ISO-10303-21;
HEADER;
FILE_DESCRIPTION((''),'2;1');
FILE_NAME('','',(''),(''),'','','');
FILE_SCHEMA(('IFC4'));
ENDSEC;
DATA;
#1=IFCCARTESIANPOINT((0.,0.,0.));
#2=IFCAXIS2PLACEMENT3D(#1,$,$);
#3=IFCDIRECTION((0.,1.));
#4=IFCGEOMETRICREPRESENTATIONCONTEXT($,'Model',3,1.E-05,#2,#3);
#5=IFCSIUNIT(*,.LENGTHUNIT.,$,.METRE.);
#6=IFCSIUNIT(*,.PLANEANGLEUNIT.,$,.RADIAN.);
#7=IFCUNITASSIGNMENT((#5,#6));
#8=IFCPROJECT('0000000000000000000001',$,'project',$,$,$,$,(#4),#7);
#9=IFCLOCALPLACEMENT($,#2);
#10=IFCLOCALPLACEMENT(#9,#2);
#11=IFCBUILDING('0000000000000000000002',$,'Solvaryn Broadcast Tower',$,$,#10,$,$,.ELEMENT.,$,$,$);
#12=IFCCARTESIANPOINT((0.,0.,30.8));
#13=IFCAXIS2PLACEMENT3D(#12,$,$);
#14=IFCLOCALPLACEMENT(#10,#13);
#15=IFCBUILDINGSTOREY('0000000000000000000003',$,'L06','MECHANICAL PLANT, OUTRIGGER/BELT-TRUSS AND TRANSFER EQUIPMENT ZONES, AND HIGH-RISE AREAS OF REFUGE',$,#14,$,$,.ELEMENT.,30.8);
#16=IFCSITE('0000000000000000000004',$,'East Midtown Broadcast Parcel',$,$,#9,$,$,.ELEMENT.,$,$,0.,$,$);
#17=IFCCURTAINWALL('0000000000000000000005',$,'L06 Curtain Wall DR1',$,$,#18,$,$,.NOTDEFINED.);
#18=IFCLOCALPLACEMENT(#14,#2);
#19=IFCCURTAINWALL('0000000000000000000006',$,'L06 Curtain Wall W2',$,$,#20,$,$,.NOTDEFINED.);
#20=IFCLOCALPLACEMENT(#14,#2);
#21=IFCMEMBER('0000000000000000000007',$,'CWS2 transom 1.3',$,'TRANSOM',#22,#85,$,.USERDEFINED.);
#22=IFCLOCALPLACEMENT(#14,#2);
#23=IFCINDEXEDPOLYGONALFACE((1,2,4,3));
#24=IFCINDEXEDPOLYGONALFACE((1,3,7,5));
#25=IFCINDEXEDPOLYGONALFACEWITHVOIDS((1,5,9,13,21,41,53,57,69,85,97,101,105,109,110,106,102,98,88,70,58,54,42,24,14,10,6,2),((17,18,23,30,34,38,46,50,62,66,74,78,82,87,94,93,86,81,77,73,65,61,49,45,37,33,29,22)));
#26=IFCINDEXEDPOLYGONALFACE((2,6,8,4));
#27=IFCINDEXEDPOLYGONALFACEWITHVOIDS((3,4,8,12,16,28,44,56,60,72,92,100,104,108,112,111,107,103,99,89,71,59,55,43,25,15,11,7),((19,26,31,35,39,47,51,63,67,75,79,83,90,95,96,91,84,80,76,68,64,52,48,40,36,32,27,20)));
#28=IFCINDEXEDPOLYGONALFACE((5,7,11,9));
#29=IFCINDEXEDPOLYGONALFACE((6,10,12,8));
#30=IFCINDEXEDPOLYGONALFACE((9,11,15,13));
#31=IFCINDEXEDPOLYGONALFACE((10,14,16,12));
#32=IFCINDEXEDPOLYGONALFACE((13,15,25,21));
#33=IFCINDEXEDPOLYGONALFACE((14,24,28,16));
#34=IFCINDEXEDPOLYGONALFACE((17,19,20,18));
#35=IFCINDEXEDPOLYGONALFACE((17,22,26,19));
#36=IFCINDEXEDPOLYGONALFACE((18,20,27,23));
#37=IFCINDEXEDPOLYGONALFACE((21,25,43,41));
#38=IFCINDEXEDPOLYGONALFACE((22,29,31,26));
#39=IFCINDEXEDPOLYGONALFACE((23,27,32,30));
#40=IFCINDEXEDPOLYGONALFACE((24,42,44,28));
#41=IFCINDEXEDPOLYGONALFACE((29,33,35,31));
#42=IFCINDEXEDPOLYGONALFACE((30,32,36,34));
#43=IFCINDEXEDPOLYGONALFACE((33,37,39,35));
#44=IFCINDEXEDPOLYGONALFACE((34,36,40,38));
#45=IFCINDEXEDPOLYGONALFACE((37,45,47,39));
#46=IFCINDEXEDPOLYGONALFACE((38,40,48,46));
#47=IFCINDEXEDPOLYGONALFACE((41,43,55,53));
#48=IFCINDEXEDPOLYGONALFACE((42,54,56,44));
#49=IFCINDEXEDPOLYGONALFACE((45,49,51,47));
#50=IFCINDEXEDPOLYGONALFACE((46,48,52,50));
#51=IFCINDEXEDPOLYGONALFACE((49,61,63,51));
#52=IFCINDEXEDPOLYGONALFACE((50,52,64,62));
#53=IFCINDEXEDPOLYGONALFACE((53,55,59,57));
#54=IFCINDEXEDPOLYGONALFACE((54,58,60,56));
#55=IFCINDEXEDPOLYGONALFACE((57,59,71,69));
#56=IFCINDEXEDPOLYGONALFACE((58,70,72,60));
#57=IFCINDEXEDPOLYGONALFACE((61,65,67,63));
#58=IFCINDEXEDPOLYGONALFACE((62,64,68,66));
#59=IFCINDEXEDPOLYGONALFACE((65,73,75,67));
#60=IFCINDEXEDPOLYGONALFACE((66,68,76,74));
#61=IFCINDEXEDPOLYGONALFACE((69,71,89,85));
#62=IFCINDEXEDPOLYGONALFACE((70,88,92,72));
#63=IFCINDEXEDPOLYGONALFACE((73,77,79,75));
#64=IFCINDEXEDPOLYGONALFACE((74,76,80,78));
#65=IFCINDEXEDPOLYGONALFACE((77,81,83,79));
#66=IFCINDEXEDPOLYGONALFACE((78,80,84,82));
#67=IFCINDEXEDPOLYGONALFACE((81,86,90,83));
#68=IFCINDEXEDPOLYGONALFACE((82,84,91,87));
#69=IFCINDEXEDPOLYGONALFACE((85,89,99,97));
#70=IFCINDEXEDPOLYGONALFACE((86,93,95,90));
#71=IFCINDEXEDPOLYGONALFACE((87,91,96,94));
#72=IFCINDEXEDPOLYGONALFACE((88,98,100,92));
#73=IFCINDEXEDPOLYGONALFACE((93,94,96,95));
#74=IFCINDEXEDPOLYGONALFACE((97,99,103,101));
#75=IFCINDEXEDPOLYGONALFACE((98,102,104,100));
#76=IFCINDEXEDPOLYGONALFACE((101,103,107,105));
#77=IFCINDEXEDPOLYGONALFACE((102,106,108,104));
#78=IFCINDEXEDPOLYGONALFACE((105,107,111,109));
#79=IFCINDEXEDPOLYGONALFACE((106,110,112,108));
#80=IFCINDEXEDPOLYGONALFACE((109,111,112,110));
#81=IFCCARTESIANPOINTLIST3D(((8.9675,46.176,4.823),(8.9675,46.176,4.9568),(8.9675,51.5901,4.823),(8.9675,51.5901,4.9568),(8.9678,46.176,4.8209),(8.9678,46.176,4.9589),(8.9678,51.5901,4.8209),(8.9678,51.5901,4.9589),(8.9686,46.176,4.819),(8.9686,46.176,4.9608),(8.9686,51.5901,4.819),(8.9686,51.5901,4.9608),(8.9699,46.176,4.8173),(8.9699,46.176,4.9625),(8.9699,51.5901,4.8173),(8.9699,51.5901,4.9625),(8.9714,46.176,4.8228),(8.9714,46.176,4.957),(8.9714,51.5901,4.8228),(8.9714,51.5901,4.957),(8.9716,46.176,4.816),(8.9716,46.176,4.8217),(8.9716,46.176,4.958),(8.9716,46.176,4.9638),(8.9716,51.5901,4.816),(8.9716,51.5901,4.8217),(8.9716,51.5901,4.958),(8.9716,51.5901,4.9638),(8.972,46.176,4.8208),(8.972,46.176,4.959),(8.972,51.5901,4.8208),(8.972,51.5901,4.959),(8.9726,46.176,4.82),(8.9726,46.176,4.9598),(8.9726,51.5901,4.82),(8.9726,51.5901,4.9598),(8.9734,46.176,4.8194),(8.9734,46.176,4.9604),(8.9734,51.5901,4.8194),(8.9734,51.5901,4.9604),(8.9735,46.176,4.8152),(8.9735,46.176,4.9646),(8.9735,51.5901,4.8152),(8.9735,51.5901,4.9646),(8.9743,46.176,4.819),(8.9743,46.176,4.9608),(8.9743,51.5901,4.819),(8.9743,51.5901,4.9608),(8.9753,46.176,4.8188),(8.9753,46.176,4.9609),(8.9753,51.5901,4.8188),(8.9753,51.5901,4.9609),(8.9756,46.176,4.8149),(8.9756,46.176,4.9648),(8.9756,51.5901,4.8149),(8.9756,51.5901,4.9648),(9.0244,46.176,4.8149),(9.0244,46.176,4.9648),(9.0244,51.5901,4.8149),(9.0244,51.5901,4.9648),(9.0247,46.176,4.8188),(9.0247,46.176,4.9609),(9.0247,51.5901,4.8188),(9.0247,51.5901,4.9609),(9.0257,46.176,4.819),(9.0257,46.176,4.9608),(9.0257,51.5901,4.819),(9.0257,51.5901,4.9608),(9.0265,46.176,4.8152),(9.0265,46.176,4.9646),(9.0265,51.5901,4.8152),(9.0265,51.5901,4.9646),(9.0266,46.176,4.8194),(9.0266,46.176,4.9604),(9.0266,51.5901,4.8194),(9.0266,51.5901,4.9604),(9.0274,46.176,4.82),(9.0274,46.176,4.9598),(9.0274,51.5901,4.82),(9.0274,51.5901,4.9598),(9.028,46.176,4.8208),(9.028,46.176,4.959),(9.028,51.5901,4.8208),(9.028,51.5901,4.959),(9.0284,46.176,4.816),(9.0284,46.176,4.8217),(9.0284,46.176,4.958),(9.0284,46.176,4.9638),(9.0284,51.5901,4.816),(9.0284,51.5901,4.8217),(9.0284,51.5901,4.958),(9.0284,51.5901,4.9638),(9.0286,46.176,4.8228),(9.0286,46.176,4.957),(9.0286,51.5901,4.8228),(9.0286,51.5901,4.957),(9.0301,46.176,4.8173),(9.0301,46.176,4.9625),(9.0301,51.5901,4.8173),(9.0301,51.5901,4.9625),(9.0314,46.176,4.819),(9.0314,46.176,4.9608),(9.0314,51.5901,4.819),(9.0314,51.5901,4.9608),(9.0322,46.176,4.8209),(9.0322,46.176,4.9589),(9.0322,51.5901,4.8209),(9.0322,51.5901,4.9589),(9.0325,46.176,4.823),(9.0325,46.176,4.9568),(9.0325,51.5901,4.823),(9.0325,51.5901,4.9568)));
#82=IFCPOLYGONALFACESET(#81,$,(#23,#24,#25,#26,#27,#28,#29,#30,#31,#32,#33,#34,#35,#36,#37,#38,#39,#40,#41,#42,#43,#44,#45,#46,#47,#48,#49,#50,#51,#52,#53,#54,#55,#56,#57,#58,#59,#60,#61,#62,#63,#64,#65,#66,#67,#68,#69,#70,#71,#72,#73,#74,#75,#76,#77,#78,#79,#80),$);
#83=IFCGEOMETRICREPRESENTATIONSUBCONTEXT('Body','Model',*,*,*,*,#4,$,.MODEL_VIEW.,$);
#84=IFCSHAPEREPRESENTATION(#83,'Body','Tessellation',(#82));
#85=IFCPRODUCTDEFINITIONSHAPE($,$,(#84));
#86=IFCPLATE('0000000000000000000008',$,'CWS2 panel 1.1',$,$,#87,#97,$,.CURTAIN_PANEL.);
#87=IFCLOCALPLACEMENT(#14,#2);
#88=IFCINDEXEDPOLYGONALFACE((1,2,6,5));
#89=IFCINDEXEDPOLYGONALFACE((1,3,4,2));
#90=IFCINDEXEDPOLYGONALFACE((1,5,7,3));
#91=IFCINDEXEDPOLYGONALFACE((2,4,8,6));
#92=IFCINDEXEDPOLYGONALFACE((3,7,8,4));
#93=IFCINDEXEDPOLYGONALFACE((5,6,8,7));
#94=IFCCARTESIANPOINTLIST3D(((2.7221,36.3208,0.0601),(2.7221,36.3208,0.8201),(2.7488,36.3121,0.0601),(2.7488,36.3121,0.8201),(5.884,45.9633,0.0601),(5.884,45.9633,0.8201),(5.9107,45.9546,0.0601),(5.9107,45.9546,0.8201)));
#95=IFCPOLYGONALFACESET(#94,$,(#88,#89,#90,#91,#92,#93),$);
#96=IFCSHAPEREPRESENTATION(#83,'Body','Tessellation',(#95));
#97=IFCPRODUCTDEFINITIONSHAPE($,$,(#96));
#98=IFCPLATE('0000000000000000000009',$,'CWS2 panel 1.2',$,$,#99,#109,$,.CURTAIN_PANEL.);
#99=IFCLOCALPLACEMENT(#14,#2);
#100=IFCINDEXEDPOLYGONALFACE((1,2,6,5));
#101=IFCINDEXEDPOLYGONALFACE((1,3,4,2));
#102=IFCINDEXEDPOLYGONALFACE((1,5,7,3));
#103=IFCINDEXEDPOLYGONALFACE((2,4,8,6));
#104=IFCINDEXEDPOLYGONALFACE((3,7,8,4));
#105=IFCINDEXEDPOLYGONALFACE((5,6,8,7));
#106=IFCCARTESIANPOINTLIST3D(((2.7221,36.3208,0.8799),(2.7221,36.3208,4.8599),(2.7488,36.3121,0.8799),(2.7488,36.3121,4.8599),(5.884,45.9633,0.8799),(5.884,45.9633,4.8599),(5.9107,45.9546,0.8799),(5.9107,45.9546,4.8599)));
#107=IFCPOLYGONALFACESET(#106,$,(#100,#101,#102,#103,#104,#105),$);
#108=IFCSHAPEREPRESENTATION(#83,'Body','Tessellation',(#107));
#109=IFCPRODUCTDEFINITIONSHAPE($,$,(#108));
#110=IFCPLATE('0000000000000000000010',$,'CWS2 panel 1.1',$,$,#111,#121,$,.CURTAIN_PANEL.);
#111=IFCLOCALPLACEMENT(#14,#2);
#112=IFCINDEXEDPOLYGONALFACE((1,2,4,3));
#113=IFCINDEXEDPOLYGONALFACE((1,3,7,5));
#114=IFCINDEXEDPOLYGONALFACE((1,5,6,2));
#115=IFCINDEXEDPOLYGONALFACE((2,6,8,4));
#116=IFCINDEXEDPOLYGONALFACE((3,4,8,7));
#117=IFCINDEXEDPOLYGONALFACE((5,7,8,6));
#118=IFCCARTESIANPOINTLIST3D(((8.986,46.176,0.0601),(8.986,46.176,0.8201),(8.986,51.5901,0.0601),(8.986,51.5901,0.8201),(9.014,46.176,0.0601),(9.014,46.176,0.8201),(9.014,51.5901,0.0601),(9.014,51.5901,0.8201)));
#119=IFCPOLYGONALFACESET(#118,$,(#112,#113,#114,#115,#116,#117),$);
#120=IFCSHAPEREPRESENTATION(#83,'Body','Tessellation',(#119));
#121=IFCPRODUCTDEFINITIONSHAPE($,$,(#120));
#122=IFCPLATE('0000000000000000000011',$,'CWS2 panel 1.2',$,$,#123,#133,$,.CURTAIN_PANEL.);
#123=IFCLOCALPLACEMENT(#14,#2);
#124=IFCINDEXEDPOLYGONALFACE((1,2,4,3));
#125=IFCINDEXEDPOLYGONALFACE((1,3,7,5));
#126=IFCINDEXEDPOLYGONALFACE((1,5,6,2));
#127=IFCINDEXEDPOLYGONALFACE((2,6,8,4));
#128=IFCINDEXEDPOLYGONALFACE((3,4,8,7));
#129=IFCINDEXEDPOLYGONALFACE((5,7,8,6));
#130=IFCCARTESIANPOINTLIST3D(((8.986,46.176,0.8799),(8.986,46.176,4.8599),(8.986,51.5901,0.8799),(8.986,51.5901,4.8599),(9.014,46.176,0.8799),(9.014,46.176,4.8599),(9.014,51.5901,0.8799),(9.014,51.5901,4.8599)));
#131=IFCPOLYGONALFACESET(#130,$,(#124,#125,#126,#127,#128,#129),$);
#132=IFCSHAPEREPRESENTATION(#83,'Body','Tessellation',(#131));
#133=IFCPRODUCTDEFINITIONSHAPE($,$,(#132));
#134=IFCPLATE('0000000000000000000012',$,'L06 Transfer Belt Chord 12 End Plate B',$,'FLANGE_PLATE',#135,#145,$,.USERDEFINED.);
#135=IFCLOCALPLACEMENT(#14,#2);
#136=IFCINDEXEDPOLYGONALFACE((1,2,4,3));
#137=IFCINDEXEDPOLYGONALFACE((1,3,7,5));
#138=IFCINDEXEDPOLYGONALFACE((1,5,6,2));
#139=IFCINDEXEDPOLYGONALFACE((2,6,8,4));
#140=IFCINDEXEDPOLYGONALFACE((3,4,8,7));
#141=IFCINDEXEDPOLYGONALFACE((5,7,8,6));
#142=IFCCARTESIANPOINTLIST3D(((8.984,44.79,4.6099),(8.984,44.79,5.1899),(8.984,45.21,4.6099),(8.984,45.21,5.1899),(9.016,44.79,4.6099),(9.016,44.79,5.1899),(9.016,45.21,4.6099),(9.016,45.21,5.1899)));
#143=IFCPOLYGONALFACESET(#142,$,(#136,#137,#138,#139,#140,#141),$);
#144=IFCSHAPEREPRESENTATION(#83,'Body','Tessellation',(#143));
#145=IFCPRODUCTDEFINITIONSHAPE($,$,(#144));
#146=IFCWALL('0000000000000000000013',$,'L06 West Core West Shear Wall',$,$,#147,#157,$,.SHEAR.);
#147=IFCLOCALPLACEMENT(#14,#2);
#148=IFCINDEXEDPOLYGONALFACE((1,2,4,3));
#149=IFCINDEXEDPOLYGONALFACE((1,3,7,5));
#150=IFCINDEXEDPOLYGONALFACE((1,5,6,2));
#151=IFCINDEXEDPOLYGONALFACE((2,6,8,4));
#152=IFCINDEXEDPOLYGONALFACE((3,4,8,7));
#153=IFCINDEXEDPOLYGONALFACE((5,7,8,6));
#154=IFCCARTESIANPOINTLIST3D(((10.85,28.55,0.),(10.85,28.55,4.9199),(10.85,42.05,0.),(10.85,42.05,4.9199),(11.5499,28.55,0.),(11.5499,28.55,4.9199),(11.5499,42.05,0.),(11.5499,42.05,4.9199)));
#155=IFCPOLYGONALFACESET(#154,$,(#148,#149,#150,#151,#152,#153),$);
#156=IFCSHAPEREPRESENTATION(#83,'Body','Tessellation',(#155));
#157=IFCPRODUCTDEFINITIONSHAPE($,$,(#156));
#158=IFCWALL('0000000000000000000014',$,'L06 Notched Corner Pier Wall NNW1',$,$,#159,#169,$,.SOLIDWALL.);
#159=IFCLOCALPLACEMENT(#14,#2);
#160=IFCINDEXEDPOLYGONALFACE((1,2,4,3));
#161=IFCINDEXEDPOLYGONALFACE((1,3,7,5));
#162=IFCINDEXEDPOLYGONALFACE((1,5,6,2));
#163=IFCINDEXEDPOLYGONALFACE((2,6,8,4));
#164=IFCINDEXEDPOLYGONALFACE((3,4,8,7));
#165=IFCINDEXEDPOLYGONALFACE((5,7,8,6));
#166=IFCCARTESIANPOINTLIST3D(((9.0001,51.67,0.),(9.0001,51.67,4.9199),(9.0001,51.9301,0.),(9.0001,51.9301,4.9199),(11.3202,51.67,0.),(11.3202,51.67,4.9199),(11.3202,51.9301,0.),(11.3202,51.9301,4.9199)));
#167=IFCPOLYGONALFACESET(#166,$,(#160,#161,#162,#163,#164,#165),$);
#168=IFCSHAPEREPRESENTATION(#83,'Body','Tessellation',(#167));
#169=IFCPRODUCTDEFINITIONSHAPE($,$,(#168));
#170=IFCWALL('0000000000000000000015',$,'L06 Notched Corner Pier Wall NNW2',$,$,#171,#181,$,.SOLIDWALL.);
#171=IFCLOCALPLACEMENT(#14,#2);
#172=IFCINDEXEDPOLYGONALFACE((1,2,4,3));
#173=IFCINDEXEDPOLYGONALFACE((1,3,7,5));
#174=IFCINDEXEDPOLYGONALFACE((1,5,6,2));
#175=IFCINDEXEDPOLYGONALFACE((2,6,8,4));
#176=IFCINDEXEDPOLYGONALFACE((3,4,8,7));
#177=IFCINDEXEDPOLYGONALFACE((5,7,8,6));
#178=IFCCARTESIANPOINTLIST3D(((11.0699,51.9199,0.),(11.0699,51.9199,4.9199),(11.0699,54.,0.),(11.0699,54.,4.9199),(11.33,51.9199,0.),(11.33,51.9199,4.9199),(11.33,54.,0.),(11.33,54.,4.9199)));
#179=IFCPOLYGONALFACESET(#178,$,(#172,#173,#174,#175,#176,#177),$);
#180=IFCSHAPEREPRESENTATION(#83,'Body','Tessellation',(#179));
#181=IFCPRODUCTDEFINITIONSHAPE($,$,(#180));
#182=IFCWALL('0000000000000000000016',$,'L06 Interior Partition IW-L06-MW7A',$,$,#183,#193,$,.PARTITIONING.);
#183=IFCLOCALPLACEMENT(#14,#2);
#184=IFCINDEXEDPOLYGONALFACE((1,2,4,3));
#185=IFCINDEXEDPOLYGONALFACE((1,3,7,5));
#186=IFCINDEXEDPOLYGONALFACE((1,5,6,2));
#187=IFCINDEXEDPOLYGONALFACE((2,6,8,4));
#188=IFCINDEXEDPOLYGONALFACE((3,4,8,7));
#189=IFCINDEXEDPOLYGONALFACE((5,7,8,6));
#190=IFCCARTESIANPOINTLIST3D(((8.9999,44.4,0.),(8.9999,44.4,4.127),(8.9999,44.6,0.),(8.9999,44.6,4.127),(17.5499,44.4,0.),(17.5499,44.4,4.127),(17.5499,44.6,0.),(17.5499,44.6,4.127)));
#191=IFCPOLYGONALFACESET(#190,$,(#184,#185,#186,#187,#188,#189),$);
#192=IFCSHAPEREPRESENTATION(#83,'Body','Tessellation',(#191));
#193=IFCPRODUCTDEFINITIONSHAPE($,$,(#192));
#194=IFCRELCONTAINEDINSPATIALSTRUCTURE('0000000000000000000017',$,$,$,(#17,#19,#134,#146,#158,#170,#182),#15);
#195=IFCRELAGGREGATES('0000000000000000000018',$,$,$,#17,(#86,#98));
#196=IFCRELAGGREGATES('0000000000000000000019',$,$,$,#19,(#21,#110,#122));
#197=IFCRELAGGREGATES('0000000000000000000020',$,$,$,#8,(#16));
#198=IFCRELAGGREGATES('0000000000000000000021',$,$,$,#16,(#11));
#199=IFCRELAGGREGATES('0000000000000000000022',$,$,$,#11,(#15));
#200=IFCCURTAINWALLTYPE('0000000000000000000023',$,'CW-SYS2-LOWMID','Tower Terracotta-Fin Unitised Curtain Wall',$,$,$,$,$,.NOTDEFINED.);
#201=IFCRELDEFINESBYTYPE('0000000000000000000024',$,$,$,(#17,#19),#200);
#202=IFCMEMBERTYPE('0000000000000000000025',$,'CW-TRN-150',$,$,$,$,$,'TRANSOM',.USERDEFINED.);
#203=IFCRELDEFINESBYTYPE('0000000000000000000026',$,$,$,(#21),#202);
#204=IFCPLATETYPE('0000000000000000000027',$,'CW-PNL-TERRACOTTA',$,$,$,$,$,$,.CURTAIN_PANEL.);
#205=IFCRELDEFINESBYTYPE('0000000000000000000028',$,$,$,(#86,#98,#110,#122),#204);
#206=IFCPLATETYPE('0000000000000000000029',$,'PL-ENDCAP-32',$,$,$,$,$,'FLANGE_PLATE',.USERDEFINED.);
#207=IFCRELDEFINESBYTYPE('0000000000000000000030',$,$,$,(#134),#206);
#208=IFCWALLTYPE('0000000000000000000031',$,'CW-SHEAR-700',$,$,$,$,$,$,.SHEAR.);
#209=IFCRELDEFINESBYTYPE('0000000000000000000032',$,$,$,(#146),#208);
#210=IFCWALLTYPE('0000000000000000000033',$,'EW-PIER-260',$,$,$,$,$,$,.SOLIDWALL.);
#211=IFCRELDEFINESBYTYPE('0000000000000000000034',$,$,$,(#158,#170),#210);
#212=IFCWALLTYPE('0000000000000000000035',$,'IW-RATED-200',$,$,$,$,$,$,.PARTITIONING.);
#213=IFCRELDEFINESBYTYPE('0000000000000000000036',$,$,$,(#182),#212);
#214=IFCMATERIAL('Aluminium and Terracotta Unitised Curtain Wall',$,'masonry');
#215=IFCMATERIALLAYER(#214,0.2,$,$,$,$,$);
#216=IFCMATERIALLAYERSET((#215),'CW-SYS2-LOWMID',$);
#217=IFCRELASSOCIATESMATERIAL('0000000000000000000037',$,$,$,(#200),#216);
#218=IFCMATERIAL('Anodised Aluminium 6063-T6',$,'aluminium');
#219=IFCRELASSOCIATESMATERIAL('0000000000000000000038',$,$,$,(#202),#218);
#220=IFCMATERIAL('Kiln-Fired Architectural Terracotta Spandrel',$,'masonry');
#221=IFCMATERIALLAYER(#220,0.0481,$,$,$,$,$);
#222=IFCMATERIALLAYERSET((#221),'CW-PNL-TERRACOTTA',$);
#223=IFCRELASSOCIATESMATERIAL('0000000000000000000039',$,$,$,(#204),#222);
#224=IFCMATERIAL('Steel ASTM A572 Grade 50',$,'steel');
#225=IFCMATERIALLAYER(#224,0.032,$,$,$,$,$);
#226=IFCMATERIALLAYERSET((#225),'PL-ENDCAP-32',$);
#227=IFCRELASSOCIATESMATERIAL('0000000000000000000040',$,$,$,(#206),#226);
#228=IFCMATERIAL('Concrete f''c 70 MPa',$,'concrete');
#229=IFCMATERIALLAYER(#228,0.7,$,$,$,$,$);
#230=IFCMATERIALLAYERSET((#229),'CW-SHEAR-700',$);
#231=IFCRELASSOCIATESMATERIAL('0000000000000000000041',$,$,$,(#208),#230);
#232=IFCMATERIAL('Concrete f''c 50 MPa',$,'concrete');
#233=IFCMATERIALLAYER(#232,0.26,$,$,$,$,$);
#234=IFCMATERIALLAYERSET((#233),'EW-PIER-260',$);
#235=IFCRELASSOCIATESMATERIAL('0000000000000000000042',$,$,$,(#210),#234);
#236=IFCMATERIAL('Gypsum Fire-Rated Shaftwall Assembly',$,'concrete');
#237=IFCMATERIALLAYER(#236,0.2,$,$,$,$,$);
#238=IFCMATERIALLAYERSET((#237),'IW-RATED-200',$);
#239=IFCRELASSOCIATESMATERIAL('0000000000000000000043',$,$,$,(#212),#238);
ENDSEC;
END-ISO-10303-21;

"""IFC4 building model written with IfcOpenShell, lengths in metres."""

from ifc_helpers import new_model, si_unit, direction, frame, frame_2d, origin, origin_2d, place, context, subcontext, project, spatial, rectangle, hollow_rectangle, extrude, material, layer, layer_set, material_profile, profile_set, type_object, element, aggregate, save


model = new_model("IFC4")

# Units and contexts
model_context = context("Model", 3, precision=1e-05, world=origin(), true_north=direction((0.0, 1.0)))
body_context = subcontext(model_context, "Body", "Model", "MODEL_VIEW")
ifc_project = project(units=[si_unit("LENGTHUNIT", "METRE"), si_unit("PLANEANGLEUNIT", "RADIAN")], contexts=[model_context])

# Site, building, storey
site_placement = place(None, origin())
site = spatial("IfcSite", under=ifc_project, at=site_placement, Name="East Midtown Broadcast Parcel", CompositionType="ELEMENT", RefElevation=0.0)
building_placement = place(site_placement, origin())
building = spatial("IfcBuilding", under=site, at=building_placement, Name="Solvaryn Broadcast Tower", CompositionType="ELEMENT")
storey_placement = place(building_placement, frame((0.0, 0.0, 30.8)))
storey = spatial("IfcBuildingStorey", under=building, at=storey_placement, Name="L06", Description="MECHANICAL PLANT, OUTRIGGER/BELT-TRUSS AND TRANSFER EQUIPMENT ZONES, AND HIGH-RISE AREAS OF REFUGE", CompositionType="ELEMENT", Elevation=30.8)

# Curtain wall
ifc_material_1 = material(Name="Aluminium and Terracotta Unitised Curtain Wall", Category="masonry")
ifc_layer_1 = layer(ifc_material_1, 0.2)
ifc_layer_set_1 = layer_set([ifc_layer_1], Name="CW-SYS2-LOWMID")
curtain_wall_type = type_object("IfcCurtainWallType", Name="CW-SYS2-LOWMID", Description="Tower Terracotta-Fin Unitised Curtain Wall", PredefinedType="NOTDEFINED", material=ifc_layer_set_1)
curtain_wall_1_placement = place(storey_placement, origin())
curtain_wall_1 = element("IfcCurtainWall", 1, at=curtain_wall_1_placement, inside=storey, type_object=curtain_wall_type, Name="L06 Curtain Wall DR1", PredefinedType="NOTDEFINED")

# Curtain wall
curtain_wall_2_placement = place(storey_placement, origin())
curtain_wall_2 = element("IfcCurtainWall", 2, at=curtain_wall_2_placement, inside=storey, type_object=curtain_wall_type, Name="L06 Curtain Wall W2", PredefinedType="NOTDEFINED")

# Member
ifc_material_2 = material(Name="Anodised Aluminium 6063-T6", Category="aluminium")
ifc_material_profile_1 = material_profile(ifc_material_2, hollow_rectangle(XDim=0.0649, YDim=0.1499, WallThickness=0.0039, InnerFilletRadius=0.0039, OuterFilletRadius=0.0081, at=origin_2d()))
ifc_profile_set_1 = profile_set([ifc_material_profile_1], Name="Anodised Aluminium 6063-T6")
member_type_1 = type_object("IfcMemberType", Name="CW-TRN-150", ElementType="TRANSOM", PredefinedType="USERDEFINED", material=ifc_profile_set_1)
member_1_placement = place(storey_placement, frame((9.0, 46.176, 4.8899), z_axis=(0.0, 1.0, 0.0), x_axis=(-1.0, 0.0, 0.0)))
member_1 = element("IfcMember", 3, at=member_1_placement, type_object=member_type_1, Name="CWS2 transom 1.3", ObjectType="TRANSOM", PredefinedType="USERDEFINED", context=body_context, shape_type="SweptSolid", body=[
    extrude(hollow_rectangle(XDim=0.0649, YDim=0.1499, WallThickness=0.0039, InnerFilletRadius=0.0039, OuterFilletRadius=0.0081, at=origin_2d()), origin(), (0.0, 0.0, 1.0), 5.4141),
])

# Plates
ifc_material_3 = material(Name="Kiln-Fired Architectural Terracotta Spandrel", Category="masonry")
ifc_layer_2 = layer(ifc_material_3, 0.0481)
ifc_layer_set_2 = layer_set([ifc_layer_2], Name="CW-PNL-TERRACOTTA")
plate_type_1 = type_object("IfcPlateType", Name="CW-PNL-TERRACOTTA", PredefinedType="CURTAIN_PANEL", material=ifc_layer_set_2)
plate_1_placement = place(storey_placement, frame((4.3164, 41.1377, 0.0601), z_axis=(0.0, 0.0, 1.0), x_axis=(-0.311594, -0.950215, 0.0)))
plate_1 = element("IfcPlate", 4, at=plate_1_placement, type_object=plate_type_1, Name="CWS2 panel 1.1", PredefinedType="CURTAIN_PANEL", context=body_context, shape_type="SweptSolid", body=[
    extrude(rectangle(XDim=10.1477, YDim=0.0281, at=origin_2d()), origin(), (0.0, 0.0, 1.0), 0.76),
])
plate_2_placement = place(storey_placement, frame((4.3164, 41.1377, 0.8799), z_axis=(0.0, 0.0, 1.0), x_axis=(-0.311594, -0.950215, 0.0)))
plate_2 = element("IfcPlate", 5, at=plate_2_placement, type_object=plate_type_1, Name="CWS2 panel 1.2", PredefinedType="CURTAIN_PANEL", context=body_context, shape_type="SweptSolid", body=[
    extrude(rectangle(XDim=10.1477, YDim=0.0281, at=origin_2d()), origin(), (0.0, 0.0, 1.0), 3.98),
])
aggregate(curtain_wall_1, [plate_1, plate_2])
plate_3_placement = place(storey_placement, frame((9.0, 48.8831, 0.0601), z_axis=(0.0, 0.0, 1.0), x_axis=(0.0, 1.0, 0.0)))
plate_3 = element("IfcPlate", 6, at=plate_3_placement, type_object=plate_type_1, Name="CWS2 panel 1.1", PredefinedType="CURTAIN_PANEL", context=body_context, shape_type="SweptSolid", body=[
    extrude(rectangle(XDim=5.4141, YDim=0.0281, at=origin_2d()), origin(), (0.0, 0.0, 1.0), 0.76),
])
plate_4_placement = place(storey_placement, frame((9.0, 48.8831, 0.8799), z_axis=(0.0, 0.0, 1.0), x_axis=(0.0, 1.0, 0.0)))
plate_4 = element("IfcPlate", 7, at=plate_4_placement, type_object=plate_type_1, Name="CWS2 panel 1.2", PredefinedType="CURTAIN_PANEL", context=body_context, shape_type="SweptSolid", body=[
    extrude(rectangle(XDim=5.4141, YDim=0.0281, at=origin_2d()), origin(), (0.0, 0.0, 1.0), 3.98),
])
aggregate(curtain_wall_2, [member_1, plate_3, plate_4])
ifc_material_4 = material(Name="Steel ASTM A572 Grade 50", Category="steel")
ifc_layer_3 = layer(ifc_material_4, 0.032)
ifc_layer_set_3 = layer_set([ifc_layer_3], Name="PL-ENDCAP-32")
plate_type_2 = type_object("IfcPlateType", Name="PL-ENDCAP-32", ElementType="FLANGE_PLATE", PredefinedType="USERDEFINED", material=ifc_layer_set_3)
plate_5_placement = place(storey_placement, frame((9.0, 45.0, 4.6099), z_axis=(0.0, 0.0, 1.0), x_axis=(1.0, 0.0, 0.0)))
element("IfcPlate", 8, at=plate_5_placement, inside=storey, type_object=plate_type_2, Name="L06 Transfer Belt Chord 12 End Plate B", ObjectType="FLANGE_PLATE", PredefinedType="USERDEFINED", context=body_context, shape_type="SweptSolid", body=[
    extrude(rectangle(XDim=0.032, YDim=0.4199, at=origin_2d()), origin(), (0.0, 0.0, 1.0), 0.5801),
])

# Walls
ifc_material_5 = material(Name="Concrete f'c 70 MPa", Category="concrete")
ifc_layer_4 = layer(ifc_material_5, 0.7)
ifc_layer_set_4 = layer_set([ifc_layer_4], Name="CW-SHEAR-700")
wall_type_1 = type_object("IfcWallType", Name="CW-SHEAR-700", PredefinedType="SHEAR", material=ifc_layer_set_4)
wall_1_placement = place(storey_placement, frame((11.2, 42.05, 0.0), z_axis=(0.0, 0.0, 1.0), x_axis=(0.0, -1.0, 0.0)))
element("IfcWall", 9, at=wall_1_placement, inside=storey, type_object=wall_type_1, Name="L06 West Core West Shear Wall", PredefinedType="SHEAR", context=body_context, shape_type="SweptSolid", body=[
    extrude(rectangle(XDim=13.5, YDim=0.7, at=frame_2d((6.75, 0.0))), origin(), (0.0, 0.0, 1.0), 4.9199),
])
ifc_material_6 = material(Name="Concrete f'c 50 MPa", Category="concrete")
ifc_layer_5 = layer(ifc_material_6, 0.26)
ifc_layer_set_5 = layer_set([ifc_layer_5], Name="EW-PIER-260")
wall_type_2 = type_object("IfcWallType", Name="EW-PIER-260", PredefinedType="SOLIDWALL", material=ifc_layer_set_5)
wall_2_placement = place(storey_placement, frame((9.0, 51.8, 0.0), z_axis=(0.0, 0.0, 1.0), x_axis=(1.0, 0.0, 0.0)))
element("IfcWall", 10, at=wall_2_placement, inside=storey, type_object=wall_type_2, Name="L06 Notched Corner Pier Wall NNW1", PredefinedType="SOLIDWALL", context=body_context, shape_type="SweptSolid", body=[
    extrude(rectangle(XDim=2.3201, YDim=0.26, at=frame_2d((1.1602, 0.0))), origin(), (0.0, 0.0, 1.0), 4.9199),
])
wall_3_placement = place(storey_placement, frame((11.2, 51.9199, 0.0), z_axis=(0.0, 0.0, 1.0), x_axis=(0.0, 1.0, 0.0)))
element("IfcWall", 11, at=wall_3_placement, inside=storey, type_object=wall_type_2, Name="L06 Notched Corner Pier Wall NNW2", PredefinedType="SOLIDWALL", context=body_context, shape_type="SweptSolid", body=[
    extrude(rectangle(XDim=2.0801, YDim=0.26, at=frame_2d((1.04, 0.0))), origin(), (0.0, 0.0, 1.0), 4.9199),
])
ifc_material_7 = material(Name="Gypsum Fire-Rated Shaftwall Assembly", Category="concrete")
ifc_layer_6 = layer(ifc_material_7, 0.2)
ifc_layer_set_6 = layer_set([ifc_layer_6], Name="IW-RATED-200")
wall_type_3 = type_object("IfcWallType", Name="IW-RATED-200", PredefinedType="PARTITIONING", material=ifc_layer_set_6)
wall_4_placement = place(storey_placement, frame((9.0, 44.5, 0.0), z_axis=(0.0, 0.0, 1.0), x_axis=(1.0, 0.0, 0.0)))
element("IfcWall", 12, at=wall_4_placement, inside=storey, type_object=wall_type_3, Name="L06 Interior Partition IW-L06-MW7A", PredefinedType="PARTITIONING", context=body_context, shape_type="SweptSolid", body=[
    extrude(rectangle(XDim=8.55, YDim=0.2, at=frame_2d((4.2749, 0.0))), origin(), (0.0, 0.0, 1.0), 4.127),
])

save(model, "model.ifc")
